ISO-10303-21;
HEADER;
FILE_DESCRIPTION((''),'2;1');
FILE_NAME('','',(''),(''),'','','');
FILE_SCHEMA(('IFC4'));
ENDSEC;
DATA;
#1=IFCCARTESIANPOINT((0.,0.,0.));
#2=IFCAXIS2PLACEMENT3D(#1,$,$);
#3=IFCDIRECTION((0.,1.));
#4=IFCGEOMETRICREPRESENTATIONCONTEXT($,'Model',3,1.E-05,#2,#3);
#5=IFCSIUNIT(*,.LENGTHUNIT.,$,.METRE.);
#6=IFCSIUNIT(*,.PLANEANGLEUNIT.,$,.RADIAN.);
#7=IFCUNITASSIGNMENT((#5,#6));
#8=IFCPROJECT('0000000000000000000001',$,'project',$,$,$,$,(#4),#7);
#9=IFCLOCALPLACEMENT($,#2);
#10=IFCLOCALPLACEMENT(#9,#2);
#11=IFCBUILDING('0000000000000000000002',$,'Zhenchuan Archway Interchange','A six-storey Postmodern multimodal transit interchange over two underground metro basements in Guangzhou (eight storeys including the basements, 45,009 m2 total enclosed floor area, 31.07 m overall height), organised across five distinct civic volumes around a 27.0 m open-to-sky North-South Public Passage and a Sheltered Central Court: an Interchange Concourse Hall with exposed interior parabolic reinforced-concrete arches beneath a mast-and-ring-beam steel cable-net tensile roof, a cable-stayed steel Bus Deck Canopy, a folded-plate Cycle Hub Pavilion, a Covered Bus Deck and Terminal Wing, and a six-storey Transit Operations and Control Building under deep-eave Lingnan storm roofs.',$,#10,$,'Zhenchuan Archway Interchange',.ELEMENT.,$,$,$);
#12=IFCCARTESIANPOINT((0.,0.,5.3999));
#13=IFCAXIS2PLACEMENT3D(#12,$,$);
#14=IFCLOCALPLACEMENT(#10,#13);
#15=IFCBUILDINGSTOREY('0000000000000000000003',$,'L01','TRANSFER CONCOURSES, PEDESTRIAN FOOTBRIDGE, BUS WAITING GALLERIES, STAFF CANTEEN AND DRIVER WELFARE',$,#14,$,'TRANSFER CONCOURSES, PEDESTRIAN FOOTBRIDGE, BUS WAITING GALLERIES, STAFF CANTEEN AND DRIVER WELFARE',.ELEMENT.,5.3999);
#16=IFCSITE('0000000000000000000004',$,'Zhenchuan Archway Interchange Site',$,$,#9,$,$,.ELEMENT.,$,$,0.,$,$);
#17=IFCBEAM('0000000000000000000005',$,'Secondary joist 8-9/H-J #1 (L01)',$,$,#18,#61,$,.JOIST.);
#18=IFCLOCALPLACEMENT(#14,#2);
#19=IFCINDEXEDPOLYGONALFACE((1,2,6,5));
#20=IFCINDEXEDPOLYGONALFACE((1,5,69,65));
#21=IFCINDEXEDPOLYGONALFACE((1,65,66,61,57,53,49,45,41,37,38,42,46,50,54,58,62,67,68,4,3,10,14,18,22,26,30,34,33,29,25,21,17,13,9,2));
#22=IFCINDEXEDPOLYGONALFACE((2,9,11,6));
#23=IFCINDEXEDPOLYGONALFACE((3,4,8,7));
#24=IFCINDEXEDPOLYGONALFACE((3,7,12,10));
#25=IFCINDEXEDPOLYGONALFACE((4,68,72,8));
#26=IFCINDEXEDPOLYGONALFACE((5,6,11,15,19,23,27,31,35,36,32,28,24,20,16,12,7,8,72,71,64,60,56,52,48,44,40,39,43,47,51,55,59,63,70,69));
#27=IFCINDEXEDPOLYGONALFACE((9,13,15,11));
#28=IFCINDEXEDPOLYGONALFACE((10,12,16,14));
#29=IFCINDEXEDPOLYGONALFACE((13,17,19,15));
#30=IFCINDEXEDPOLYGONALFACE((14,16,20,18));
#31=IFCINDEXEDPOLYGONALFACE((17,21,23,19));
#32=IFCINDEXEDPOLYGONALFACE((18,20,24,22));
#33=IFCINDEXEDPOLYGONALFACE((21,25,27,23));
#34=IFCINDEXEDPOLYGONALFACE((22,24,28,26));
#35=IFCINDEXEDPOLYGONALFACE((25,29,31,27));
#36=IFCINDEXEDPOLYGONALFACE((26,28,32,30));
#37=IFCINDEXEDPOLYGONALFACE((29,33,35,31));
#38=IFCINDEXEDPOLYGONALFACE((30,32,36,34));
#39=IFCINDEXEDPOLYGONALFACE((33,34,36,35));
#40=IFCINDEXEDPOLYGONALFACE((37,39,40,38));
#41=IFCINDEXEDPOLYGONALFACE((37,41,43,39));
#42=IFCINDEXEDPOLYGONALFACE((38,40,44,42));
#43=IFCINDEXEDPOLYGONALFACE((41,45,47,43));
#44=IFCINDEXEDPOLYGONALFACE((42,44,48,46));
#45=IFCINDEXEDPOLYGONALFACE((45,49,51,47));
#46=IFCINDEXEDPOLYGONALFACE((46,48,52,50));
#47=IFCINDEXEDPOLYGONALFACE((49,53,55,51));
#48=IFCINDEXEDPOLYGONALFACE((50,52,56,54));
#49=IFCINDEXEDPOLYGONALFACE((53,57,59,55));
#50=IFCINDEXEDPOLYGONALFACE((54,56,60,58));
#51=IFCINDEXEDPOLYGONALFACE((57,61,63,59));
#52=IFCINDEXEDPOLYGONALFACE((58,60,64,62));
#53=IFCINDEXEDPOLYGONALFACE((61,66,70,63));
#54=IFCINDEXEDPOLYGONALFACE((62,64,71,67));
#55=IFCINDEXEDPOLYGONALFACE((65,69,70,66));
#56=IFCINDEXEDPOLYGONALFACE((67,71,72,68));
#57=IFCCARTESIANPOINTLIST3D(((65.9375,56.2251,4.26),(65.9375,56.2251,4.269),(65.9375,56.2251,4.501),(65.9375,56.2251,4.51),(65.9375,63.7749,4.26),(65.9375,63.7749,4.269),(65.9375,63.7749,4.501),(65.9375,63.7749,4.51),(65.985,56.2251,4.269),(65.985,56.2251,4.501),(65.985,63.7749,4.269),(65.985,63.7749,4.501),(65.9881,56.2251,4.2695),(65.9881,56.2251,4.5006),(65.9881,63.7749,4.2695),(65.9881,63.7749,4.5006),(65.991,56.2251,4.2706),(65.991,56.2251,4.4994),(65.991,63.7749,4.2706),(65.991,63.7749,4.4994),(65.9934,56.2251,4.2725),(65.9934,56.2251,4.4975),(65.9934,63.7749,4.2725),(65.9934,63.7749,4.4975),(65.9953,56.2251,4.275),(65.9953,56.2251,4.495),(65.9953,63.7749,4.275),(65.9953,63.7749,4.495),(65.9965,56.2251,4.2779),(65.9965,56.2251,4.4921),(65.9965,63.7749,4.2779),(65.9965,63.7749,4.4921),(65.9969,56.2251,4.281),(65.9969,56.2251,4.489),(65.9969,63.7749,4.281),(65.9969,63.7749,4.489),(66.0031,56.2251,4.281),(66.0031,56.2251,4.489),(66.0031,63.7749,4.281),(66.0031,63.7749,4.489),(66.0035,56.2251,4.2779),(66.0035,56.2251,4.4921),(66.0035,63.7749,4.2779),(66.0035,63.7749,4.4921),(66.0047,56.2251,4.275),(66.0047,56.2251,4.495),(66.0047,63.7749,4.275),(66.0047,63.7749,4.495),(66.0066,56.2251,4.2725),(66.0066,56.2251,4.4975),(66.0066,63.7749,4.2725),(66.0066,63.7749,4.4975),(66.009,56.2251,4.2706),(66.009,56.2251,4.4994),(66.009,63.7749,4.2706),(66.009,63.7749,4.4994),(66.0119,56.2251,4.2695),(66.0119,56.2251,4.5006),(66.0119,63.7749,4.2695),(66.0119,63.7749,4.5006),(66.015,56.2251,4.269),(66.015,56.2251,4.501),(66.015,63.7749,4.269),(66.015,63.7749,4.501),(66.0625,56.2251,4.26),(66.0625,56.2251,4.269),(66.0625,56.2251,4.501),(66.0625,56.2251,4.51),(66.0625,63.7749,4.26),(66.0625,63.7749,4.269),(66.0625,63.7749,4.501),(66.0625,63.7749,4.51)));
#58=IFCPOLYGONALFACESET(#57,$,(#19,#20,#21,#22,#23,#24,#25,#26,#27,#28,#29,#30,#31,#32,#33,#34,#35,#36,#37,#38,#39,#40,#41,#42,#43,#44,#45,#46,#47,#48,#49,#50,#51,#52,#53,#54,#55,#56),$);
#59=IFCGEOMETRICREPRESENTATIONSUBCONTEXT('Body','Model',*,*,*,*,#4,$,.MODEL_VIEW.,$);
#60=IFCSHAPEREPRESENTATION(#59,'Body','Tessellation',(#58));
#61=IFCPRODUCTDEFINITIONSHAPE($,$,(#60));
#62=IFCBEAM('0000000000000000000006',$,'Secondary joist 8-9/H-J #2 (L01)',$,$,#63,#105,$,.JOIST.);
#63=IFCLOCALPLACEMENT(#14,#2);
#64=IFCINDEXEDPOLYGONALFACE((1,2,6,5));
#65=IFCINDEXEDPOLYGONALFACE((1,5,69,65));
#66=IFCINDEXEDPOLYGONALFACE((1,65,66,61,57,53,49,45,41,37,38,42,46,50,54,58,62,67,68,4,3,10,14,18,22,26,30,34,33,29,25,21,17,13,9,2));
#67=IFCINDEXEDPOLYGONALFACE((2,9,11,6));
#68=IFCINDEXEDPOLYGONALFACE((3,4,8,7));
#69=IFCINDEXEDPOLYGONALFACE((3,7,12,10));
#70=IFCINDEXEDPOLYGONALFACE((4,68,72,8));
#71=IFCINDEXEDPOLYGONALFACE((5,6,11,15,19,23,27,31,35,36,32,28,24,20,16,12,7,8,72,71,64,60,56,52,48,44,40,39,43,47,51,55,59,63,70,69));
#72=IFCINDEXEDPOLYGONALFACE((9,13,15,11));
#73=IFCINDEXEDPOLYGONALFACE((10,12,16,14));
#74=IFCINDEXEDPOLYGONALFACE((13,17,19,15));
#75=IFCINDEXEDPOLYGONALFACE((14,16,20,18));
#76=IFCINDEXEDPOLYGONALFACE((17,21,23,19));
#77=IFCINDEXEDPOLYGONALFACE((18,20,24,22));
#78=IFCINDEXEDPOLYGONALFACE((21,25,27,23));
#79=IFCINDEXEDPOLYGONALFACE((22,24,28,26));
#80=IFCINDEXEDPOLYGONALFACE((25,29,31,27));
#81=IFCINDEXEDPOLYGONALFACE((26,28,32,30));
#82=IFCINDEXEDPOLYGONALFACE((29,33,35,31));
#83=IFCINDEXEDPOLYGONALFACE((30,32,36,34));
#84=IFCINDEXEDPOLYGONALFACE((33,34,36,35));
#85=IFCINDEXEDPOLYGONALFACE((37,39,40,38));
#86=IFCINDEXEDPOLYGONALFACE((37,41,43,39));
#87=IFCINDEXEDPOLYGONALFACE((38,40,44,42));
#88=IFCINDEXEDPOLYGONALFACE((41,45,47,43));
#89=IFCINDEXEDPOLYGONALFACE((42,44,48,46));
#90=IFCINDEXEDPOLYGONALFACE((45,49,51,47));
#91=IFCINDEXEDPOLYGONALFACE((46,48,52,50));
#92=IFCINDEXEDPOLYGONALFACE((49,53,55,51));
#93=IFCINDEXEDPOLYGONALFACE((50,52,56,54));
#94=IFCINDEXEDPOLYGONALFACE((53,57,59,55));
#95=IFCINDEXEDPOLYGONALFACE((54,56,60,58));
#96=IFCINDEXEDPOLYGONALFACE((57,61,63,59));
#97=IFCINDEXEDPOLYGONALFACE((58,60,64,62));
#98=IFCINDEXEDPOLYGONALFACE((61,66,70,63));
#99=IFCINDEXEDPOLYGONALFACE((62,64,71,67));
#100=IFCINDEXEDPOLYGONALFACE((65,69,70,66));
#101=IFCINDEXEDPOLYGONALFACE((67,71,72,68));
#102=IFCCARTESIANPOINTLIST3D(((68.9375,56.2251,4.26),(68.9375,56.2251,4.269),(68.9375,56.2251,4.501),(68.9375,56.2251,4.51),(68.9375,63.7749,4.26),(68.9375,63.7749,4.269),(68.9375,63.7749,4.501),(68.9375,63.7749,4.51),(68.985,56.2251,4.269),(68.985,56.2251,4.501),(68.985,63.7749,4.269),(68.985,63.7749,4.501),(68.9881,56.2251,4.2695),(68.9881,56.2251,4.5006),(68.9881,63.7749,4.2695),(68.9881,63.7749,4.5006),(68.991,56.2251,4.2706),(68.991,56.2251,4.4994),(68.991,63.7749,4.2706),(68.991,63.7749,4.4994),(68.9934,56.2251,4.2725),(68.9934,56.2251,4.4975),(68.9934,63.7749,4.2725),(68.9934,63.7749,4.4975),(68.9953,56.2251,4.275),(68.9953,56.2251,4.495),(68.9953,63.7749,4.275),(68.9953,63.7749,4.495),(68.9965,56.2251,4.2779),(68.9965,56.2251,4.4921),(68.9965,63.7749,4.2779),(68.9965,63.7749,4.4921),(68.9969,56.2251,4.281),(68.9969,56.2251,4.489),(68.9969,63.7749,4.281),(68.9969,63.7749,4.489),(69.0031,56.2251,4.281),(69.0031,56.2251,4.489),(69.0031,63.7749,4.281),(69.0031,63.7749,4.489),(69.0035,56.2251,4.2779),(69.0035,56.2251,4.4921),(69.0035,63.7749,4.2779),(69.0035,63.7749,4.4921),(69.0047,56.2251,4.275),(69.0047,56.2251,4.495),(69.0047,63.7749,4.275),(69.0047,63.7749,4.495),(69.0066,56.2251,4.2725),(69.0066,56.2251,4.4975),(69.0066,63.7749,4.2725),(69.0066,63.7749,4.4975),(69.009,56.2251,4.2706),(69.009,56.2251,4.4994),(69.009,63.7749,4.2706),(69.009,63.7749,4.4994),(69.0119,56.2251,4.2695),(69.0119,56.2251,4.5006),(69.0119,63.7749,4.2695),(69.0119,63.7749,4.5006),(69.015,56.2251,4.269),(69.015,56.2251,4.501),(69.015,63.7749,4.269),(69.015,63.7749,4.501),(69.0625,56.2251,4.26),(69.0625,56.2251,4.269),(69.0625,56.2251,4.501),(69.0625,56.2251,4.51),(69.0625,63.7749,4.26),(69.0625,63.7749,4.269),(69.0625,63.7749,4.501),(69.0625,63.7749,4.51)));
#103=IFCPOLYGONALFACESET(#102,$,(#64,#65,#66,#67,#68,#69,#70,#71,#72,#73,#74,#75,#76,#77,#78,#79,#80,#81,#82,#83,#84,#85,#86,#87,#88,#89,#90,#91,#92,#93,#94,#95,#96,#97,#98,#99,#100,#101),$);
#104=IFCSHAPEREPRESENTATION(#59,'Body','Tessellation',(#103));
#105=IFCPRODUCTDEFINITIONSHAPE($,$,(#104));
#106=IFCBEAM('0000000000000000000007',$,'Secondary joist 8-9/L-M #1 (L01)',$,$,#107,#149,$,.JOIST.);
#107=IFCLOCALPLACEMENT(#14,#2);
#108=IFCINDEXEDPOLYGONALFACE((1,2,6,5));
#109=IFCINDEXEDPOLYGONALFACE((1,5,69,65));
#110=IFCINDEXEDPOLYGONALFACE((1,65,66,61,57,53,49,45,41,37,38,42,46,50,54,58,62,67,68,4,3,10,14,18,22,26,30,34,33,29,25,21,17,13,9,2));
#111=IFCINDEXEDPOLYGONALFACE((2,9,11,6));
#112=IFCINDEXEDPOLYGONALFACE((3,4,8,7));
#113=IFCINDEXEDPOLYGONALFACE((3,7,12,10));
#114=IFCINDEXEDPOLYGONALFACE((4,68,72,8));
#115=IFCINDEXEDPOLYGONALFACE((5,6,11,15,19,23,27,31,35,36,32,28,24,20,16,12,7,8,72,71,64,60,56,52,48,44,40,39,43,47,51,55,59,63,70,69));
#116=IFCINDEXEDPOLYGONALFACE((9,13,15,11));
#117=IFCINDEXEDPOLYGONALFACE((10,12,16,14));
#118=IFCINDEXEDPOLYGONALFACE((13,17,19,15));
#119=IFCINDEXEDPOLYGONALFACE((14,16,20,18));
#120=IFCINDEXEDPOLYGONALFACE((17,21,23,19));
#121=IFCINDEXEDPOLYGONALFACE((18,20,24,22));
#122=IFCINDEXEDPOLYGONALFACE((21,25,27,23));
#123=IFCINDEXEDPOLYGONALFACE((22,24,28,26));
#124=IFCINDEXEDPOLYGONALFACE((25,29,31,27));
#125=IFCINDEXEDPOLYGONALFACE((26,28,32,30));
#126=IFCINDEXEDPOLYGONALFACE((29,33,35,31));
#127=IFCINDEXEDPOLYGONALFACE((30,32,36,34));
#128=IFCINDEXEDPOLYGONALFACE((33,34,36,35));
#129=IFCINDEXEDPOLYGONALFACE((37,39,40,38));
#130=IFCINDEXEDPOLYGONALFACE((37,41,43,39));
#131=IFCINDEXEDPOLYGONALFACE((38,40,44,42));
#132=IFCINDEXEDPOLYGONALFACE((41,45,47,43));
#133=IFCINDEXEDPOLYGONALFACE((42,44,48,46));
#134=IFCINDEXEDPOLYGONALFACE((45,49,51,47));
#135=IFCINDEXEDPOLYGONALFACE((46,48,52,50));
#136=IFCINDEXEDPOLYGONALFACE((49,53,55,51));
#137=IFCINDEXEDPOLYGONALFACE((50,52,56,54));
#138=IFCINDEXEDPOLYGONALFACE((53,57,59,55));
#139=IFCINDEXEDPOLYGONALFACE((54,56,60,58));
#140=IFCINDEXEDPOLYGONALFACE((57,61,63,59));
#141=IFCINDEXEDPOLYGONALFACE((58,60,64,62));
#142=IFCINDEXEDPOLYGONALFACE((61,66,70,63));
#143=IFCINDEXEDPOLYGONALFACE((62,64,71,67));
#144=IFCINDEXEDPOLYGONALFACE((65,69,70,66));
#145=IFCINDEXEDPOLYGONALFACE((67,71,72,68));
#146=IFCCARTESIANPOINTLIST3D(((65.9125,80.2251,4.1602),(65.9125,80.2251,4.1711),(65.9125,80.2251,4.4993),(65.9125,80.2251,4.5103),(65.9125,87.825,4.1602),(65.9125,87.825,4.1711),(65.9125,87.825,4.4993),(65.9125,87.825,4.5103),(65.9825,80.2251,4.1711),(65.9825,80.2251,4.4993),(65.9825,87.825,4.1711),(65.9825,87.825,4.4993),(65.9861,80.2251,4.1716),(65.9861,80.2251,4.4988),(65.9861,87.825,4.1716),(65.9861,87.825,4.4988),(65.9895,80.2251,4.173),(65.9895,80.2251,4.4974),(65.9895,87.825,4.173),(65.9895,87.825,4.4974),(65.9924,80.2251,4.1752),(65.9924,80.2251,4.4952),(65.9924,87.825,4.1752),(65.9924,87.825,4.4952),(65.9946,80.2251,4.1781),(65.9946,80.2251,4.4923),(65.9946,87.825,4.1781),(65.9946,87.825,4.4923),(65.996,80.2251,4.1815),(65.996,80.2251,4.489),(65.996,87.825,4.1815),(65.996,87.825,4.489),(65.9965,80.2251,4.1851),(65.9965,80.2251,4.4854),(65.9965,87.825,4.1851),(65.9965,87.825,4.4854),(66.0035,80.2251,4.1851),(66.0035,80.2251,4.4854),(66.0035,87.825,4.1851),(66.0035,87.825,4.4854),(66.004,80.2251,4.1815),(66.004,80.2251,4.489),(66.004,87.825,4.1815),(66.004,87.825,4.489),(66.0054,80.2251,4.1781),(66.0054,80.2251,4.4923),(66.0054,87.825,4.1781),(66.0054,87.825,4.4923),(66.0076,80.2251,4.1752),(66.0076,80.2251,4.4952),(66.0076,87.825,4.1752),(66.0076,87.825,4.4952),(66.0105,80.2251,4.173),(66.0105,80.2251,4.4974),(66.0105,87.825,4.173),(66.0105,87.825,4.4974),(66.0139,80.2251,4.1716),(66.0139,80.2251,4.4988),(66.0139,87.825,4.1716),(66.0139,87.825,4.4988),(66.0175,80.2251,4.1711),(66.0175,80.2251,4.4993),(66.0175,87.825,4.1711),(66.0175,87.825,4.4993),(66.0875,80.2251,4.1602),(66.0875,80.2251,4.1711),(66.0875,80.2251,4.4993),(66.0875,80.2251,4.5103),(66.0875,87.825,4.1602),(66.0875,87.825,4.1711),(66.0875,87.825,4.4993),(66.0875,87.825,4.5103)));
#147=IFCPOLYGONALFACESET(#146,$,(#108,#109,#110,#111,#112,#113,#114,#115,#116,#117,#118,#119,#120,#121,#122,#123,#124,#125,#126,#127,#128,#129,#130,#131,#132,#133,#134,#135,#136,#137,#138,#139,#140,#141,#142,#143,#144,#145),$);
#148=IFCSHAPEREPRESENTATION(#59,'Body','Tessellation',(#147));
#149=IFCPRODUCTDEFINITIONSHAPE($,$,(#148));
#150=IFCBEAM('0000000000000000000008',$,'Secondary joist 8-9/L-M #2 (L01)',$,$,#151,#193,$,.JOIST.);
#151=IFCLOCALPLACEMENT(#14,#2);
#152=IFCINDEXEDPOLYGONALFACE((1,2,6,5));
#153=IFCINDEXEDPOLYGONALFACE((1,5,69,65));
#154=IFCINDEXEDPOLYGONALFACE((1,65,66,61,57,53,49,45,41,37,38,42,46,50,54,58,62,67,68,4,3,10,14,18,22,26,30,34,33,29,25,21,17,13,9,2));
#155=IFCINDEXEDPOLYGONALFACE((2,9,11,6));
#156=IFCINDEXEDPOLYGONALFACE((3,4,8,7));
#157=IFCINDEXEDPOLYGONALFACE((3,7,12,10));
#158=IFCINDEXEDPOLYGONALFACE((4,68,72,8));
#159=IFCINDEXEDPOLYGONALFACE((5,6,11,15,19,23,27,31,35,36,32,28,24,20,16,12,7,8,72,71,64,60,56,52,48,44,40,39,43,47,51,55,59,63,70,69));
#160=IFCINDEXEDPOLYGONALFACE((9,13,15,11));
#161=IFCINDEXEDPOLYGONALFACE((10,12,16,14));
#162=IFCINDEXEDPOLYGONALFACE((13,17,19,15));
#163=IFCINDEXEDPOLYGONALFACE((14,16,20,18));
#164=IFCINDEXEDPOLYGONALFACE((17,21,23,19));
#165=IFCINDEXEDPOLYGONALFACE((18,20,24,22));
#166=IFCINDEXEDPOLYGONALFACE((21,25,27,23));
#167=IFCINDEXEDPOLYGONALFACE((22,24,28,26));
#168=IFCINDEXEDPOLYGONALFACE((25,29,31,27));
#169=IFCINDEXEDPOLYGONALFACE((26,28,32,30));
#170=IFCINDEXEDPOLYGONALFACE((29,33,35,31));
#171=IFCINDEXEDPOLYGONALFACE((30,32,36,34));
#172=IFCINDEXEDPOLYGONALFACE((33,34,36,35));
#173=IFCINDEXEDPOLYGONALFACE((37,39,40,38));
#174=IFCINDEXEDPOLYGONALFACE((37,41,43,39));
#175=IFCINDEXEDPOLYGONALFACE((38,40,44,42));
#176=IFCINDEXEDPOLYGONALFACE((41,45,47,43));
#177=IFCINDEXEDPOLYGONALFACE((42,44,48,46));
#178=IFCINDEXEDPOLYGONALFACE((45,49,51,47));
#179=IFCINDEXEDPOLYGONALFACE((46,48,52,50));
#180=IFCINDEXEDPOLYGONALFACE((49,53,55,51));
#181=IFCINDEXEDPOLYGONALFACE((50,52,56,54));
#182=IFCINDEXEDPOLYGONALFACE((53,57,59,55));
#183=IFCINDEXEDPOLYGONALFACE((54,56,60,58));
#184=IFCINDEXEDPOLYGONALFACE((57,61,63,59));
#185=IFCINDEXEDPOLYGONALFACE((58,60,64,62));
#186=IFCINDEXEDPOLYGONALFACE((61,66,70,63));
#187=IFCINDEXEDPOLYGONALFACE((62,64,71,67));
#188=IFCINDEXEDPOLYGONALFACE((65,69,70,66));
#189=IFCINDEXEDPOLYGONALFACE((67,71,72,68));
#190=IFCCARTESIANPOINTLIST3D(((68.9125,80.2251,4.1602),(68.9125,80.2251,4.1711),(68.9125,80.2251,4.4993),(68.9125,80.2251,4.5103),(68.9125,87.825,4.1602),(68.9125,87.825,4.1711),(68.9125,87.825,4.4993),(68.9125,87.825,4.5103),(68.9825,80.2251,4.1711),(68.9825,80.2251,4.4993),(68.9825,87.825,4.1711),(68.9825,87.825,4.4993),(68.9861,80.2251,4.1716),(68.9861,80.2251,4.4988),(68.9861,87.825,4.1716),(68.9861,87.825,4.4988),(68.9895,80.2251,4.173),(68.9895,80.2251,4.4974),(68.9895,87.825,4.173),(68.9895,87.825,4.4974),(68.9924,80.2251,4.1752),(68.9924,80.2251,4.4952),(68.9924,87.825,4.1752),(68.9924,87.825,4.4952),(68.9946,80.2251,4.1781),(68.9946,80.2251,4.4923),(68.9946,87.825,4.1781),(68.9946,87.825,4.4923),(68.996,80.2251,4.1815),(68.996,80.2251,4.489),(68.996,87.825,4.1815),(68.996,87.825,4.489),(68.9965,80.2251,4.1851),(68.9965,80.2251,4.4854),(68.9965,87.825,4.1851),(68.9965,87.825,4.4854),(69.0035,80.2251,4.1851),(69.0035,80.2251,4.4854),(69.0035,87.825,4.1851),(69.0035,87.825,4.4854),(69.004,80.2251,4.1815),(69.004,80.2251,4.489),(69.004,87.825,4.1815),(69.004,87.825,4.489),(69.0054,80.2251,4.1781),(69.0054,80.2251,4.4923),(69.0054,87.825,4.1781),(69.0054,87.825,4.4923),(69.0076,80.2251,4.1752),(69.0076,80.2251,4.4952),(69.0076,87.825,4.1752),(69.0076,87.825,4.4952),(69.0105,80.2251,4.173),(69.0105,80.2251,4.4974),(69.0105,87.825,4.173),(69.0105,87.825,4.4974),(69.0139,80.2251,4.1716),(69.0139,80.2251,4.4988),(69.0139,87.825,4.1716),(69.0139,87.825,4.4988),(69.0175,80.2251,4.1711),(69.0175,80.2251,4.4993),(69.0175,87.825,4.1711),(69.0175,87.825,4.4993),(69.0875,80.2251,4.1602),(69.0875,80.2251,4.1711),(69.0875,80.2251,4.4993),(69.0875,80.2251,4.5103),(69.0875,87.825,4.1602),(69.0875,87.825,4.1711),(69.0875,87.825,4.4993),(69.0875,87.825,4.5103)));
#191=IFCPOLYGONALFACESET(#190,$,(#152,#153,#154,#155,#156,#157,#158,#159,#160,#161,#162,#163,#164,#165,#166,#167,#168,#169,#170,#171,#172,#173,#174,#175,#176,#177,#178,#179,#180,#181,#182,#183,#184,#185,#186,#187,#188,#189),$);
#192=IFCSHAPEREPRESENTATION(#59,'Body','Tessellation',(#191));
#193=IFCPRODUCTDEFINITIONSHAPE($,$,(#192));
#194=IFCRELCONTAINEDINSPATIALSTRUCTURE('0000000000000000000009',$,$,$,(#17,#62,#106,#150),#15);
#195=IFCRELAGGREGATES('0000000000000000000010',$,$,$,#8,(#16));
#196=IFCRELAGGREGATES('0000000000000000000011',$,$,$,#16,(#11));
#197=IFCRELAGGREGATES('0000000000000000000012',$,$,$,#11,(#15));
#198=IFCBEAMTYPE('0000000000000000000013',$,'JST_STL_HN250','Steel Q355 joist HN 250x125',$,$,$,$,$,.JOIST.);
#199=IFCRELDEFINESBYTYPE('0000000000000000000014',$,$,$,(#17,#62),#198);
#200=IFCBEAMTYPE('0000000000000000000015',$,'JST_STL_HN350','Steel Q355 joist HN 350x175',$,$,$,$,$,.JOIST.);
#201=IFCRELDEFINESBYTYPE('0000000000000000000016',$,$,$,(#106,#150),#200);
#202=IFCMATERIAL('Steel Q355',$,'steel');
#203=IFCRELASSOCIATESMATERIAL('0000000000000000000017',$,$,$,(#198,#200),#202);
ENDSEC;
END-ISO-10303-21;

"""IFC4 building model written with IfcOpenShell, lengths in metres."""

from ifc_helpers import new_model, si_unit, direction, frame, origin, origin_2d, place, context, subcontext, project, spatial, i_section, extrude, material, material_profile, profile_set, type_object, element, save


model = new_model("IFC4")

# Units and contexts
model_context = context("Model", 3, precision=1e-05, world=origin(), true_north=direction((0.0, 1.0)))
body_context = subcontext(model_context, "Body", "Model", "MODEL_VIEW")
ifc_project = project(units=[si_unit("LENGTHUNIT", "METRE"), si_unit("PLANEANGLEUNIT", "RADIAN")], contexts=[model_context])

# Site, building, storey
site_placement = place(None, origin())
site = spatial("IfcSite", under=ifc_project, at=site_placement, Name="Zhenchuan Archway Interchange Site", CompositionType="ELEMENT", RefElevation=0.0)
building_placement = place(site_placement, origin())
building = spatial("IfcBuilding", under=site, at=building_placement, Name="Zhenchuan Archway Interchange", Description="A six-storey Postmodern multimodal transit interchange over two underground metro basements in Guangzhou (eight storeys including the basements, 45,009 m2 total enclosed floor area, 31.07 m overall height), organised across five distinct civic volumes around a 27.0 m open-to-sky North-South Public Passage and a Sheltered Central Court: an Interchange Concourse Hall with exposed interior parabolic reinforced-concrete arches beneath a mast-and-ring-beam steel cable-net tensile roof, a cable-stayed steel Bus Deck Canopy, a folded-plate Cycle Hub Pavilion, a Covered Bus Deck and Terminal Wing, and a six-storey Transit Operations and Control Building under deep-eave Lingnan storm roofs.", LongName="Zhenchuan Archway Interchange", CompositionType="ELEMENT")
storey_placement = place(building_placement, frame((0.0, 0.0, 5.3999)))
storey = spatial("IfcBuildingStorey", under=building, at=storey_placement, Name="L01", Description="TRANSFER CONCOURSES, PEDESTRIAN FOOTBRIDGE, BUS WAITING GALLERIES, STAFF CANTEEN AND DRIVER WELFARE", LongName="TRANSFER CONCOURSES, PEDESTRIAN FOOTBRIDGE, BUS WAITING GALLERIES, STAFF CANTEEN AND DRIVER WELFARE", CompositionType="ELEMENT", Elevation=5.3999)

# Beams
ifc_material_1 = material(Name="Steel Q355", Category="steel")
ifc_material_profile_1 = material_profile(ifc_material_1, i_section(OverallWidth=0.125, OverallDepth=0.25, WebThickness=0.0061, FlangeThickness=0.009, FilletRadius=0.012, at=origin_2d()), Name="HN 250x125")
ifc_profile_set_1 = profile_set([ifc_material_profile_1], Name="Steel Q355")
beam_type_1 = type_object("IfcBeamType", Name="JST_STL_HN250", Description="Steel Q355 joist HN 250x125", PredefinedType="JOIST", material=ifc_profile_set_1)
for number, where, z_axis, x_axis, name in (
    (1, (66.0, 56.2251, 4.385), (0.0, 1.0, 0.0), (-1.0, 0.0, 0.0), "Secondary joist 8-9/H-J #1 (L01)"),
    (2, (69.0, 56.2251, 4.385), (0.0, 1.0, 0.0), (-1.0, 0.0, 0.0), "Secondary joist 8-9/H-J #2 (L01)"),
):
    element("IfcBeam", number, at=place(storey_placement, frame(where, z_axis=z_axis, x_axis=x_axis)), inside=storey, type_object=beam_type_1, Name=name, PredefinedType="JOIST", context=body_context, shape_type="SweptSolid", body=[
        extrude(i_section(OverallWidth=0.125, OverallDepth=0.25, WebThickness=0.0061, FlangeThickness=0.009, FilletRadius=0.012, at=origin_2d()), origin(), (0.0, 0.0, 1.0), 7.5498),
    ])
ifc_material_profile_2 = material_profile(ifc_material_1, i_section(OverallWidth=0.175, OverallDepth=0.3501, WebThickness=0.0071, FlangeThickness=0.011, FilletRadius=0.0139, at=origin_2d()), Name="HN 350x175")
ifc_profile_set_2 = profile_set([ifc_material_profile_2], Name="Steel Q355")
beam_type_2 = type_object("IfcBeamType", Name="JST_STL_HN350", Description="Steel Q355 joist HN 350x175", PredefinedType="JOIST", material=ifc_profile_set_2)
for number, where, z_axis, x_axis, name in (
    (3, (66.0, 80.2251, 4.3352), (0.0, 1.0, 0.0), (-1.0, 0.0, 0.0), "Secondary joist 8-9/L-M #1 (L01)"),
    (4, (69.0, 80.2251, 4.3352), (0.0, 1.0, 0.0), (-1.0, 0.0, 0.0), "Secondary joist 8-9/L-M #2 (L01)"),
):
    element("IfcBeam", number, at=place(storey_placement, frame(where, z_axis=z_axis, x_axis=x_axis)), inside=storey, type_object=beam_type_2, Name=name, PredefinedType="JOIST", context=body_context, shape_type="SweptSolid", body=[
        extrude(i_section(OverallWidth=0.175, OverallDepth=0.3501, WebThickness=0.0071, FlangeThickness=0.011, FilletRadius=0.0139, at=origin_2d()), origin(), (0.0, 0.0, 1.0), 7.5999),
    ])

save(model, "model.ifc")
